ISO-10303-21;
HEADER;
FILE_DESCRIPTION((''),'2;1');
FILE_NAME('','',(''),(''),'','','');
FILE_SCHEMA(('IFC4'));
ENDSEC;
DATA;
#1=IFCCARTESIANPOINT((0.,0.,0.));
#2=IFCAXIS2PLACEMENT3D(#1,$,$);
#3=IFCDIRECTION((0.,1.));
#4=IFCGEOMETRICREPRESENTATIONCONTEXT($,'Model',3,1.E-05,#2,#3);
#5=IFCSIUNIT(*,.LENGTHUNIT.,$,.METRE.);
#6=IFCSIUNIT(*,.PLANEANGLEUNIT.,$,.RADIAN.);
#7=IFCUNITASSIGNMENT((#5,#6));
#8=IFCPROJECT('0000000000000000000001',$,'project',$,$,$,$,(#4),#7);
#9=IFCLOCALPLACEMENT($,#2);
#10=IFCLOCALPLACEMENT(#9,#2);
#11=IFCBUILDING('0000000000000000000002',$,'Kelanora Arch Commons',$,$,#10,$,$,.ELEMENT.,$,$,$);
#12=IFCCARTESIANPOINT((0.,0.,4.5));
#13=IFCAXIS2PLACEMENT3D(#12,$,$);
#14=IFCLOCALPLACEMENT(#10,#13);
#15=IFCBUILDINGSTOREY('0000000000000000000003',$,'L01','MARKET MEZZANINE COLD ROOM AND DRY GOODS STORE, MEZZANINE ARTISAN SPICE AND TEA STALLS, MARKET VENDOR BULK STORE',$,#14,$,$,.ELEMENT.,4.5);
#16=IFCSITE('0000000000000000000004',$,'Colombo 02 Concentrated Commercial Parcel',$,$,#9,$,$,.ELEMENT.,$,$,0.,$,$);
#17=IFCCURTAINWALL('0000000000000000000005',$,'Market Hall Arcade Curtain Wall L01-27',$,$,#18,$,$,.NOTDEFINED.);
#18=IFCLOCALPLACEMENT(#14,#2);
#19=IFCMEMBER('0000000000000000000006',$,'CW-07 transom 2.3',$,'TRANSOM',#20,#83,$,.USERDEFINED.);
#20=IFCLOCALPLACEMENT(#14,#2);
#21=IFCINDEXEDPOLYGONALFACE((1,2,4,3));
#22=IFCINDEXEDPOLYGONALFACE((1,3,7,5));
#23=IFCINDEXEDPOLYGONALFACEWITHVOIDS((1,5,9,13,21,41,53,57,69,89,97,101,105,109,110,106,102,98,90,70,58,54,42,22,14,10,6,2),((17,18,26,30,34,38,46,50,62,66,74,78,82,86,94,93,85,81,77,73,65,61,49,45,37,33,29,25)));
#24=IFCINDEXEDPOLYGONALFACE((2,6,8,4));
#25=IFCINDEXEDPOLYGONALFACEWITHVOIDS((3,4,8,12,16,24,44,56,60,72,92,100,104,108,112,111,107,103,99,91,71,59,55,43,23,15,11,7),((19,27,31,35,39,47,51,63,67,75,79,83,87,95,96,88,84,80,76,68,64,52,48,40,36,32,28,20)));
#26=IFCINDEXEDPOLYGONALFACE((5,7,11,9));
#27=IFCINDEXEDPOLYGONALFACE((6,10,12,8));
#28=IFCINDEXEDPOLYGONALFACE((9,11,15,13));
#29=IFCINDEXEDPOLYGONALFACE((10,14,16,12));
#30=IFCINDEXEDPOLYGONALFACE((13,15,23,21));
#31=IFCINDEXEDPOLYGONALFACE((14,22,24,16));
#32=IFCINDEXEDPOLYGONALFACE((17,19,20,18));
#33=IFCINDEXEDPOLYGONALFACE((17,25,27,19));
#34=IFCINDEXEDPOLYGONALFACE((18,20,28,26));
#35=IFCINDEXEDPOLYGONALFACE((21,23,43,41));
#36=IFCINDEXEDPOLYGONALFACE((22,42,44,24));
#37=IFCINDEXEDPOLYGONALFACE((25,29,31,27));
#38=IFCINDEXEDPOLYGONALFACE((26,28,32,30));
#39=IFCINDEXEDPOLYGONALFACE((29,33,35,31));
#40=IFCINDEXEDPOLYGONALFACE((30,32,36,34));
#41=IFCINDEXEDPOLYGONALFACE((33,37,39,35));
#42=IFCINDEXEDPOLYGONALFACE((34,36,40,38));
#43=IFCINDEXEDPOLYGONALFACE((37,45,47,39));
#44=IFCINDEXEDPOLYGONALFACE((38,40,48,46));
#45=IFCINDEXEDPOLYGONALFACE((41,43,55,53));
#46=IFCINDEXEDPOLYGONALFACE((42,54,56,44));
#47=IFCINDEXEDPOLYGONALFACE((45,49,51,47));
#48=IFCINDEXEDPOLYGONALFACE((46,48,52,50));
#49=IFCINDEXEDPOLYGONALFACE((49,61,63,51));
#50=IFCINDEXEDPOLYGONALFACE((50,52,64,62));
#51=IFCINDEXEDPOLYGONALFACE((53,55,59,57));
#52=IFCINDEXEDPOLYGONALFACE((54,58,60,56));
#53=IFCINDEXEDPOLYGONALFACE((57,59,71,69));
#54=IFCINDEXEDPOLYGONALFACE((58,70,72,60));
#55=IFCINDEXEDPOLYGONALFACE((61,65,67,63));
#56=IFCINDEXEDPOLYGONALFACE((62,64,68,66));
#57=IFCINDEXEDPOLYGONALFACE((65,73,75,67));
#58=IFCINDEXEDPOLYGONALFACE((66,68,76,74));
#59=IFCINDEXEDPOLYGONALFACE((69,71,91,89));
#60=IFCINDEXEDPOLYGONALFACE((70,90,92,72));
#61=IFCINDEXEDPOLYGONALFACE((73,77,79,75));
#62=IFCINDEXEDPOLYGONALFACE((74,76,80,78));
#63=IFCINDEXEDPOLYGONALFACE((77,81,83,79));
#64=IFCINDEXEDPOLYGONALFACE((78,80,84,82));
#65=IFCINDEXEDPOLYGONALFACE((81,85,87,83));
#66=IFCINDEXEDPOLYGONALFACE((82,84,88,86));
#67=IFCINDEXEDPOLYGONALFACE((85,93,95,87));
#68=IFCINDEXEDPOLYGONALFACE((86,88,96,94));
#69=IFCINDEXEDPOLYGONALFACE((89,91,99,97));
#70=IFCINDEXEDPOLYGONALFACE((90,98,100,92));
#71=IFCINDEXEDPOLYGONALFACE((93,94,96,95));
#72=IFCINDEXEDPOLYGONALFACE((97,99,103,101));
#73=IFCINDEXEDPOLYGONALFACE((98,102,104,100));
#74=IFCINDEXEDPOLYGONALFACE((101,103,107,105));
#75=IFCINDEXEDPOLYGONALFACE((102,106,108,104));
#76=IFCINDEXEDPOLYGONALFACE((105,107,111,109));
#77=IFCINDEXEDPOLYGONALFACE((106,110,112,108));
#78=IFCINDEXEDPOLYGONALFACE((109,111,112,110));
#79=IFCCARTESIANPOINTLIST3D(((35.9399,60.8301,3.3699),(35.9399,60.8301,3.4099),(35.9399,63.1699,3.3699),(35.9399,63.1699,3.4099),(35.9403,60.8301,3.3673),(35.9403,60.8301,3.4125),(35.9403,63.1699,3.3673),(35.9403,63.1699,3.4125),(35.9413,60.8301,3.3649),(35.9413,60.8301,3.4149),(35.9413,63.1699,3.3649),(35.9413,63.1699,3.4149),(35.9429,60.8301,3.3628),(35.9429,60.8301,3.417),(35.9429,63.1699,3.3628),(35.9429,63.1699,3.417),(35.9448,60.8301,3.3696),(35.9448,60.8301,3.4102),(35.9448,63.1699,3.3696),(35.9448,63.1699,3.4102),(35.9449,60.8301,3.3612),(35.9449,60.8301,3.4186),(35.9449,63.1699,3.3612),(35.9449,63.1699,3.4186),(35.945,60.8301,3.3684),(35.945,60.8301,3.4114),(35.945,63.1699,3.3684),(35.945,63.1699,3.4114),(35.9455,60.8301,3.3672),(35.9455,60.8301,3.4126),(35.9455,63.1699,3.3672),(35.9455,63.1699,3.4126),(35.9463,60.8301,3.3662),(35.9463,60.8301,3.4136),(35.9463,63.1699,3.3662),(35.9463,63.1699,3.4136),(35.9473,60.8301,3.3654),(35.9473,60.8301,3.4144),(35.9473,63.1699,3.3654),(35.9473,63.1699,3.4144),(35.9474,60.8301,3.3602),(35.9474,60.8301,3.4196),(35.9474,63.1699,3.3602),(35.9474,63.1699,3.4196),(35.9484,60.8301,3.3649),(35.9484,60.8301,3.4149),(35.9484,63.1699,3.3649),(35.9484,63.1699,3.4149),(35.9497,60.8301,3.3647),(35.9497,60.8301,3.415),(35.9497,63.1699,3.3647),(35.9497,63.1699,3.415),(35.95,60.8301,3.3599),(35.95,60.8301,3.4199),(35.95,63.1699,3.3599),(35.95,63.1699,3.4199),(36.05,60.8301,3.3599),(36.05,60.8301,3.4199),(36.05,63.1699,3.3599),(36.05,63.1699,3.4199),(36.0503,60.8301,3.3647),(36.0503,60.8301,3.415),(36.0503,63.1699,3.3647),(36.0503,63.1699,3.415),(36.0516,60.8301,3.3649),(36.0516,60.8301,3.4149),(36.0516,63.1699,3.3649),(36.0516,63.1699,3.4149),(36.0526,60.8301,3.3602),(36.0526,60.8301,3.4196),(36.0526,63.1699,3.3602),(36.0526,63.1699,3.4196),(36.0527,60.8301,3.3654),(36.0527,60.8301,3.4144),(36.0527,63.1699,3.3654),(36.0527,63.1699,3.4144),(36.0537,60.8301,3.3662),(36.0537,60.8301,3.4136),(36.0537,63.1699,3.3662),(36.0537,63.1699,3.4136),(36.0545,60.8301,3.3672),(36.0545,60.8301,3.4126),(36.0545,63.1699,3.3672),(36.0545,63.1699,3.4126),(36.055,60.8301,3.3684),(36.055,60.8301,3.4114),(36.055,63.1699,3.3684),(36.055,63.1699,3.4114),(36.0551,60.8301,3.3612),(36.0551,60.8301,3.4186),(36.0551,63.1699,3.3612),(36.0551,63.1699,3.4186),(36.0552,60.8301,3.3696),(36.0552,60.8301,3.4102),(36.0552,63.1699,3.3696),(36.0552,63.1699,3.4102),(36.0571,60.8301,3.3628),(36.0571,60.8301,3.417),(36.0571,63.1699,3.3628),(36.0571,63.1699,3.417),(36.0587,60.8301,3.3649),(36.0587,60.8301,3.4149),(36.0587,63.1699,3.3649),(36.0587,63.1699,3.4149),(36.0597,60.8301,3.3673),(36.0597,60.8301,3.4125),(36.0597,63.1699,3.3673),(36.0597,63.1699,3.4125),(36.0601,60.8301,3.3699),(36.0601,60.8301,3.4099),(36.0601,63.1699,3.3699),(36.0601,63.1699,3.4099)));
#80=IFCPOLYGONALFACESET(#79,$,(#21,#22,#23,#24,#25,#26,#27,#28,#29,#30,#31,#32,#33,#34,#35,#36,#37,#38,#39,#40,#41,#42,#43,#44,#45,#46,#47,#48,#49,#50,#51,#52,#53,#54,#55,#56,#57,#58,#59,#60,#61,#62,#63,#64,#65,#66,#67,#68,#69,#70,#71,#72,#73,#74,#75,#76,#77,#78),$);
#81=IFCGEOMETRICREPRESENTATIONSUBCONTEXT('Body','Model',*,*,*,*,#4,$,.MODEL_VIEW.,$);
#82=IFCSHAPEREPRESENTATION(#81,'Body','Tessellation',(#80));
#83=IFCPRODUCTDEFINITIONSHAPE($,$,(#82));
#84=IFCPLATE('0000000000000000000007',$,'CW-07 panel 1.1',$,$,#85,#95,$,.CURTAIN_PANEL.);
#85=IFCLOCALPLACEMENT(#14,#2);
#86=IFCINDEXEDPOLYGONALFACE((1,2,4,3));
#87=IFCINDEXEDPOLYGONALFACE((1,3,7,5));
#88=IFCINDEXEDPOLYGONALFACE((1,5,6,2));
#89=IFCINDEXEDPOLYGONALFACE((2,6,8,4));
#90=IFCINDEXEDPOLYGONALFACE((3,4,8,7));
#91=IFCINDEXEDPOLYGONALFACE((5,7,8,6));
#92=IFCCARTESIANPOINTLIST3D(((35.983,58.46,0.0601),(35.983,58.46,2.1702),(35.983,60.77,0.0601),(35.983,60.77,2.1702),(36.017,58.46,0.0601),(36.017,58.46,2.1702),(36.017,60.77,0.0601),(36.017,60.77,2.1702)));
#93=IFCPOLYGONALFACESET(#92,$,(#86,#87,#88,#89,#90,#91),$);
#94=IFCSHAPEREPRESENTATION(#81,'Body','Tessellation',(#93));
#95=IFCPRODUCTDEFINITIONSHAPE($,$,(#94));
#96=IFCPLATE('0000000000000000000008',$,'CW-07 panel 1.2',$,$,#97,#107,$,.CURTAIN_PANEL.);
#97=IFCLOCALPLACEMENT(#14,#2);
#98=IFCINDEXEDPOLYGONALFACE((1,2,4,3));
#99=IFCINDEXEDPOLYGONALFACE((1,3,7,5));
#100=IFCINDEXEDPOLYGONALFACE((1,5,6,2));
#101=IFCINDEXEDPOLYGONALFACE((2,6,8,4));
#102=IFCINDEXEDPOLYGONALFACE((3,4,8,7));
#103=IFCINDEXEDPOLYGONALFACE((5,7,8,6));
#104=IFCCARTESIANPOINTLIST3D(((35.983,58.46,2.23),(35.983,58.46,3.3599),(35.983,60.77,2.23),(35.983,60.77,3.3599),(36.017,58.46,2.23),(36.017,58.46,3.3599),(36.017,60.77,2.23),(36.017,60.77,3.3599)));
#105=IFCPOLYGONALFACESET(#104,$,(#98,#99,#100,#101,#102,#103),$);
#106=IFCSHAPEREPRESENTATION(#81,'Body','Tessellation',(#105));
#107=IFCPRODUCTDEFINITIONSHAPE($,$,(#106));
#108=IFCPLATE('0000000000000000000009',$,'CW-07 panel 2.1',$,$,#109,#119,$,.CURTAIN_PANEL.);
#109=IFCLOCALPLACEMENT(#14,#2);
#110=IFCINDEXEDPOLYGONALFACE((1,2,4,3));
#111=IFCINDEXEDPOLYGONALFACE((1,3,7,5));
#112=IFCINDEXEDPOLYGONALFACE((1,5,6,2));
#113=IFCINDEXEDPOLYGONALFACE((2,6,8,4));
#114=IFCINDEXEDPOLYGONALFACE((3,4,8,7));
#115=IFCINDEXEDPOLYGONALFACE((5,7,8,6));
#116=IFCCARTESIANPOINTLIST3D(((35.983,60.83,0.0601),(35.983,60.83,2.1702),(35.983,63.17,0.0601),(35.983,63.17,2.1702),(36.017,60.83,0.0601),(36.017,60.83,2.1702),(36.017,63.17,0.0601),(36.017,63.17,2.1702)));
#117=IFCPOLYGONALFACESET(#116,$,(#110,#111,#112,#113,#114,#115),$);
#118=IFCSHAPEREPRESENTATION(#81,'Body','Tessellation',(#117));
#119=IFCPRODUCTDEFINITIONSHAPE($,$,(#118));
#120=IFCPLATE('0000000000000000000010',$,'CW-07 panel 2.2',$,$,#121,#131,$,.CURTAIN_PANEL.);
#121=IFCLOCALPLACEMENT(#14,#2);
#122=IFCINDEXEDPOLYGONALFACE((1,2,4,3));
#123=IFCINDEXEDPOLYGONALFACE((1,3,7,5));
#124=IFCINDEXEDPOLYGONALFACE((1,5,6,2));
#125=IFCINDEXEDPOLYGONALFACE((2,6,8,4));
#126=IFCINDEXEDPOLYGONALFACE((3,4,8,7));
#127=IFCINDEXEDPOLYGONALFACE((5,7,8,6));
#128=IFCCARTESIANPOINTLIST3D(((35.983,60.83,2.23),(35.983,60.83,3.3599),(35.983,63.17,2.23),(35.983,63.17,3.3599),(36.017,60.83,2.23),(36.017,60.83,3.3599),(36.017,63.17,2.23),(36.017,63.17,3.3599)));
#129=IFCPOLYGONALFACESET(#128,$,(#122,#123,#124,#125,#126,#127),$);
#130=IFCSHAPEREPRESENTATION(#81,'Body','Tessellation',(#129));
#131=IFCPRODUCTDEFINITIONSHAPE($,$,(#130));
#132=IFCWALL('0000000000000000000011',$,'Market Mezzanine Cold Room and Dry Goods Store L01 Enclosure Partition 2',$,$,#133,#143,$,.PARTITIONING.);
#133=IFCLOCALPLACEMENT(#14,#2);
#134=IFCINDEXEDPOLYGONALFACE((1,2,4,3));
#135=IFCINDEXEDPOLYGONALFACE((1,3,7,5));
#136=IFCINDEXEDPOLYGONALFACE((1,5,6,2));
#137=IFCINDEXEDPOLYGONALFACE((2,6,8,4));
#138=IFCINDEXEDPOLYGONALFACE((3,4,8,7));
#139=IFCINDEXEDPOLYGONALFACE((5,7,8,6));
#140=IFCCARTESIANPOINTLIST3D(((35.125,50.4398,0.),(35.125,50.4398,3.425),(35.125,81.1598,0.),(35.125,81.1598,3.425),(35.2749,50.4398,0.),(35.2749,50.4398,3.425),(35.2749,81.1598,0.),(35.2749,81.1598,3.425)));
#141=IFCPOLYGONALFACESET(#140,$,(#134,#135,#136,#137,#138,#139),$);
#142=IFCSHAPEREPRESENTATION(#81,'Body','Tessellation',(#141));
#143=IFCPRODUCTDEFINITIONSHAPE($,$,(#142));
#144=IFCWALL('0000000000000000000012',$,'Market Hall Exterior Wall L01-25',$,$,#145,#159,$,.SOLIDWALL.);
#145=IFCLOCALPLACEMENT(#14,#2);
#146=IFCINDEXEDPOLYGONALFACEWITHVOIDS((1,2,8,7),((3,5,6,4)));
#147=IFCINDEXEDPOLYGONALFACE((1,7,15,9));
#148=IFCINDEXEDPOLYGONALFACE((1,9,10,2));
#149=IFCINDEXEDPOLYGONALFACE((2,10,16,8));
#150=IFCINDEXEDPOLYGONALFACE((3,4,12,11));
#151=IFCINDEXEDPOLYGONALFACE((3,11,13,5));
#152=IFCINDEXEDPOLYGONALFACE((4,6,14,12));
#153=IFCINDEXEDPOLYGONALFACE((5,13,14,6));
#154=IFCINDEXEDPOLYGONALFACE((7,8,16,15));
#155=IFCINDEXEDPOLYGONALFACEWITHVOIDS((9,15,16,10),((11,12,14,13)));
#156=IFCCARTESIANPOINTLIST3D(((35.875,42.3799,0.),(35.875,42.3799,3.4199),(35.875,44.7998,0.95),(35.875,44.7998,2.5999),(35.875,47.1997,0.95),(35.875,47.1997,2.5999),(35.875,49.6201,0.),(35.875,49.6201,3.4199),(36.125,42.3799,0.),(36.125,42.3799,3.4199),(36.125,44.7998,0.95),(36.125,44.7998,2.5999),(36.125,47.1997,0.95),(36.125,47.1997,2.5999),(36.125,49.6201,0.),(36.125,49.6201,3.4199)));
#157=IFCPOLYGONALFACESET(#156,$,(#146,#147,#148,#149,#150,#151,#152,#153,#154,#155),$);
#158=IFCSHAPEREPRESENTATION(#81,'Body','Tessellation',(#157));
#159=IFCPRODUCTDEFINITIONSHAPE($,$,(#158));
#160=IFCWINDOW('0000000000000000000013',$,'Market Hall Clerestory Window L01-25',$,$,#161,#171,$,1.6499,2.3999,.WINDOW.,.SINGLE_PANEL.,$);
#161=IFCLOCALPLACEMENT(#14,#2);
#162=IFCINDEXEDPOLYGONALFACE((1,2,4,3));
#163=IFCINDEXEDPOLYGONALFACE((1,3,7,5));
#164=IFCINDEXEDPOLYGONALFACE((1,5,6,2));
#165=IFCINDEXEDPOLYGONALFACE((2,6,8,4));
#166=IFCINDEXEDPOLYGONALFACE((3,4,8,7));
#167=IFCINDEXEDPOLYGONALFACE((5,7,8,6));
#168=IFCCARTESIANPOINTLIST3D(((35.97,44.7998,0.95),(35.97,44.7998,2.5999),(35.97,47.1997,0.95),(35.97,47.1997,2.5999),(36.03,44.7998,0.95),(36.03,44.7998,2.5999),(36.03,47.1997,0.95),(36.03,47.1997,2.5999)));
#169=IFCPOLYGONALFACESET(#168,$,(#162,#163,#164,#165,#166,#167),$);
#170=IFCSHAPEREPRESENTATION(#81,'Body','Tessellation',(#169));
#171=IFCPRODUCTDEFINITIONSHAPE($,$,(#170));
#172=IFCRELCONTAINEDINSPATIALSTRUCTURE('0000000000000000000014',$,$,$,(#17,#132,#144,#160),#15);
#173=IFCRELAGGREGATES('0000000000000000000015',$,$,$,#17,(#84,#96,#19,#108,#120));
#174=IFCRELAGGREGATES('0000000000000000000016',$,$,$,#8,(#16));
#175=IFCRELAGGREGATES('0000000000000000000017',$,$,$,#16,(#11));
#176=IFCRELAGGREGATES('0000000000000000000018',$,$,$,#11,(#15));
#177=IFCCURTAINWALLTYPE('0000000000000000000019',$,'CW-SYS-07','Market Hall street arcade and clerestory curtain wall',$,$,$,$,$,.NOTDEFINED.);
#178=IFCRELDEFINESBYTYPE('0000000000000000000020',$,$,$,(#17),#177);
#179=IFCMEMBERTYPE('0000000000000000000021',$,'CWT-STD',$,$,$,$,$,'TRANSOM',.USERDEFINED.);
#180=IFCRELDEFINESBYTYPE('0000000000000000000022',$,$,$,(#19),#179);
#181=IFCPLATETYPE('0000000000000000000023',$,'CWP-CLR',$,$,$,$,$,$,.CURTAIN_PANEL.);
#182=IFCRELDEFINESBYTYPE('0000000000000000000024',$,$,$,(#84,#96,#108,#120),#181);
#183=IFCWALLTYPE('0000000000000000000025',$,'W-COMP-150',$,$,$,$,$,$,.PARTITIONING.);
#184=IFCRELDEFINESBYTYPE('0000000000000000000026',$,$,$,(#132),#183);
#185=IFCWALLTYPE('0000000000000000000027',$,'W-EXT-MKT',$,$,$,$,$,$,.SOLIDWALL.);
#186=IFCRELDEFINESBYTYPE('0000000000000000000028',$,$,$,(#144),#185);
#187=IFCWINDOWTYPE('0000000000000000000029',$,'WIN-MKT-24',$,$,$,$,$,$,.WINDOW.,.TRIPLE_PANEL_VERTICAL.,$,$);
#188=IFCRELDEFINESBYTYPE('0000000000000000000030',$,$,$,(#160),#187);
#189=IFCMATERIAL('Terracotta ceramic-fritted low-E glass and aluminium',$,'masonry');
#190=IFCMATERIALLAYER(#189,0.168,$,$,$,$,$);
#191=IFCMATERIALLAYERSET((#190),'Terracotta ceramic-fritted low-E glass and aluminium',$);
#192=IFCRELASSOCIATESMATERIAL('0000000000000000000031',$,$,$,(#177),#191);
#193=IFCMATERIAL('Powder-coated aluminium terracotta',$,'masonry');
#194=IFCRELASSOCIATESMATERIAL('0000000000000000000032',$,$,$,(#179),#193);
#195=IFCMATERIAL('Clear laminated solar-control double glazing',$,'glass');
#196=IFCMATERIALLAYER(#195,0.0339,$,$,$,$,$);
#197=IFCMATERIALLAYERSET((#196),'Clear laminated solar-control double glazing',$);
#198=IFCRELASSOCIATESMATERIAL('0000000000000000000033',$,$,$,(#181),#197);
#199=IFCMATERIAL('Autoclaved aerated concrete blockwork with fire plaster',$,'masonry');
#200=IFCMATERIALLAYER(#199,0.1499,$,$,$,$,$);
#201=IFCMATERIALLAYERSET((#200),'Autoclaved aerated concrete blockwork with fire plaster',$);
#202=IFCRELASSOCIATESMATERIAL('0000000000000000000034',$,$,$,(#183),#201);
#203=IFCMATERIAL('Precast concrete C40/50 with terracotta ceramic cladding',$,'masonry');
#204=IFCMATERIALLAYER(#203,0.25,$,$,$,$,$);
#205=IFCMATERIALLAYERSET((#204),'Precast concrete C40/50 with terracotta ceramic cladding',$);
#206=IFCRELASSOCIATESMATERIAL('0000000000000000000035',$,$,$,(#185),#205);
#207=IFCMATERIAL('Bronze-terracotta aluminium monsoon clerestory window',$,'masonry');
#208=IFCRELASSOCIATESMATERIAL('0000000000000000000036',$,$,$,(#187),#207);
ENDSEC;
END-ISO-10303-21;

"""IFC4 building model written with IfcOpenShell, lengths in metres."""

from ifc_helpers import new_model, si_unit, direction, frame, frame_2d, origin, origin_2d, place, context, subcontext, project, spatial, rectangle, hollow_rectangle, extrude, source, transform, mapped, material, layer, layer_set, material_profile, profile_set, type_object, element, fill, aggregate, save


model = new_model("IFC4")

# Units and contexts
model_context = context("Model", 3, precision=1e-05, world=origin(), true_north=direction((0.0, 1.0)))
body_context = subcontext(model_context, "Body", "Model", "MODEL_VIEW")
ifc_project = project(units=[si_unit("LENGTHUNIT", "METRE"), si_unit("PLANEANGLEUNIT", "RADIAN")], contexts=[model_context])

# Site, building, storey
site_placement = place(None, origin())
site = spatial("IfcSite", under=ifc_project, at=site_placement, Name="Colombo 02 Concentrated Commercial Parcel", CompositionType="ELEMENT", RefElevation=0.0)
building_placement = place(site_placement, origin())
building = spatial("IfcBuilding", under=site, at=building_placement, Name="Kelanora Arch Commons", CompositionType="ELEMENT")
storey_placement = place(building_placement, frame((0.0, 0.0, 4.5)))
storey = spatial("IfcBuildingStorey", under=building, at=storey_placement, Name="L01", Description="MARKET MEZZANINE COLD ROOM AND DRY GOODS STORE, MEZZANINE ARTISAN SPICE AND TEA STALLS, MARKET VENDOR BULK STORE", CompositionType="ELEMENT", Elevation=4.5)

# Curtain wall, member, plates
ifc_material_1 = material(Name="Terracotta ceramic-fritted low-E glass and aluminium", Category="masonry")
ifc_layer_1 = layer(ifc_material_1, 0.168)
ifc_layer_set_1 = layer_set([ifc_layer_1], Name="Terracotta ceramic-fritted low-E glass and aluminium")
curtain_wall_type = type_object("IfcCurtainWallType", Name="CW-SYS-07", Description="Market Hall street arcade and clerestory curtain wall", PredefinedType="NOTDEFINED", material=ifc_layer_set_1)
curtain_wall_placement = place(storey_placement, origin())
curtain_wall = element("IfcCurtainWall", 1, at=curtain_wall_placement, inside=storey, type_object=curtain_wall_type, Name="Market Hall Arcade Curtain Wall L01-27", PredefinedType="NOTDEFINED")
ifc_material_2 = material(Name="Powder-coated aluminium terracotta", Category="masonry")
ifc_material_profile_1 = material_profile(ifc_material_2, hollow_rectangle(XDim=0.1201, YDim=0.0601, WallThickness=0.0049, InnerFilletRadius=0.0049, OuterFilletRadius=0.01, at=origin_2d()), Name="CWT120x60")
ifc_profile_set_1 = profile_set([ifc_material_profile_1], Name="Powder-coated aluminium terracotta")
member_type_1 = type_object("IfcMemberType", Name="CWT-STD", ElementType="TRANSOM", PredefinedType="USERDEFINED", material=ifc_profile_set_1)
member_1_placement = place(storey_placement, frame((36.0, 60.8301, 3.3899), z_axis=(0.0, 1.0, 0.0), x_axis=(-1.0, 0.0, 0.0)))
member_1 = element("IfcMember", 2, at=member_1_placement, type_object=member_type_1, Name="CW-07 transom 2.3", ObjectType="TRANSOM", PredefinedType="USERDEFINED", context=body_context, shape_type="SweptSolid", body=[
    extrude(hollow_rectangle(XDim=0.1201, YDim=0.0601, WallThickness=0.0049, InnerFilletRadius=0.0049, OuterFilletRadius=0.01, at=origin_2d()), origin(), (0.0, 0.0, 1.0), 2.3398),
])
ifc_material_3 = material(Name="Clear laminated solar-control double glazing", Category="glass")
ifc_layer_2 = layer(ifc_material_3, 0.0339)
ifc_layer_set_2 = layer_set([ifc_layer_2], Name="Clear laminated solar-control double glazing")
plate_type = type_object("IfcPlateType", Name="CWP-CLR", PredefinedType="CURTAIN_PANEL", material=ifc_layer_set_2)
shared_shape_1 = source(origin(), body_context, "Body", "SweptSolid", [
    extrude(rectangle(XDim=2.3101, YDim=0.0339, at=origin_2d()), origin(), (0.0, 0.0, 1.0), 2.1101),
])
plate_1_placement = place(storey_placement, frame((36.0, 59.615, 0.0601), z_axis=(0.0, 0.0, 1.0), x_axis=(0.0, 1.0, 0.0)))
plate_1 = element("IfcPlate", 3, at=plate_1_placement, type_object=plate_type, Name="CW-07 panel 1.1", PredefinedType="CURTAIN_PANEL", context=body_context, shape_type="MappedRepresentation", body=[
    mapped(shared_shape_1, transform((0.0, 0.0, 0.0), scale=1.0)),
])
shared_shape_2 = source(origin(), body_context, "Body", "SweptSolid", [
    extrude(rectangle(XDim=2.3101, YDim=0.0339, at=origin_2d()), origin(), (0.0, 0.0, 1.0), 1.1299),
])
plate_2_placement = place(storey_placement, frame((36.0, 59.615, 2.23), z_axis=(0.0, 0.0, 1.0), x_axis=(0.0, 1.0, 0.0)))
plate_2 = element("IfcPlate", 4, at=plate_2_placement, type_object=plate_type, Name="CW-07 panel 1.2", PredefinedType="CURTAIN_PANEL", context=body_context, shape_type="MappedRepresentation", body=[
    mapped(shared_shape_2, transform((0.0, 0.0, 0.0), scale=1.0)),
])
shared_shape_3 = source(origin(), body_context, "Body", "SweptSolid", [
    extrude(rectangle(XDim=2.3401, YDim=0.0339, at=origin_2d()), origin(), (0.0, 0.0, 1.0), 2.1101),
])
plate_3_placement = place(storey_placement, frame((36.0, 62.0, 0.0601), z_axis=(0.0, 0.0, 1.0), x_axis=(0.0, 1.0, 0.0)))
plate_3 = element("IfcPlate", 5, at=plate_3_placement, type_object=plate_type, Name="CW-07 panel 2.1", PredefinedType="CURTAIN_PANEL", context=body_context, shape_type="MappedRepresentation", body=[
    mapped(shared_shape_3, transform((0.0, 0.0, 0.0), scale=1.0)),
])
shared_shape_4 = source(origin(), body_context, "Body", "SweptSolid", [
    extrude(rectangle(XDim=2.3401, YDim=0.0339, at=origin_2d()), origin(), (0.0, 0.0, 1.0), 1.1299),
])
plate_4_placement = place(storey_placement, frame((36.0, 62.0, 2.23), z_axis=(0.0, 0.0, 1.0), x_axis=(0.0, 1.0, 0.0)))
plate_4 = element("IfcPlate", 6, at=plate_4_placement, type_object=plate_type, Name="CW-07 panel 2.2", PredefinedType="CURTAIN_PANEL", context=body_context, shape_type="MappedRepresentation", body=[
    mapped(shared_shape_4, transform((0.0, 0.0, 0.0), scale=1.0)),
])
aggregate(curtain_wall, [plate_1, plate_2, member_1, plate_3, plate_4])

# Wall
ifc_material_4 = material(Name="Autoclaved aerated concrete blockwork with fire plaster", Category="masonry")
ifc_layer_3 = layer(ifc_material_4, 0.1499)
ifc_layer_set_3 = layer_set([ifc_layer_3], Name="Autoclaved aerated concrete blockwork with fire plaster")
wall_type_1 = type_object("IfcWallType", Name="W-COMP-150", PredefinedType="PARTITIONING", material=ifc_layer_set_3)
wall_1_placement = place(storey_placement, frame((35.2, 50.4399, 0.0), z_axis=(0.0, 0.0, 1.0), x_axis=(0.0, 1.0, 0.0)))
element("IfcWall", 7, at=wall_1_placement, inside=storey, type_object=wall_type_1, Name="Market Mezzanine Cold Room and Dry Goods Store L01 Enclosure Partition 2", PredefinedType="PARTITIONING", context=body_context, shape_type="SweptSolid", body=[
    extrude(rectangle(XDim=30.72, YDim=0.1499, at=frame_2d((15.3599, 0.0))), origin(), (0.0, 0.0, 1.0), 3.425),
])

# Wall, opening, window
ifc_material_5 = material(Name="Precast concrete C40/50 with terracotta ceramic cladding", Category="masonry")
ifc_layer_4 = layer(ifc_material_5, 0.25)
ifc_layer_set_4 = layer_set([ifc_layer_4], Name="Precast concrete C40/50 with terracotta ceramic cladding")
wall_type_2 = type_object("IfcWallType", Name="W-EXT-MKT", PredefinedType="SOLIDWALL", material=ifc_layer_set_4)
wall_2_placement = place(storey_placement, frame((36.0, 42.3799, 0.0), z_axis=(0.0, 0.0, 1.0), x_axis=(0.0, 1.0, 0.0)))
wall_2 = element("IfcWall", 8, at=wall_2_placement, inside=storey, type_object=wall_type_2, Name="Market Hall Exterior Wall L01-25", PredefinedType="SOLIDWALL", context=body_context, shape_type="SweptSolid", body=[
    extrude(rectangle(XDim=7.2402, YDim=0.25, at=frame_2d((3.6201, 0.0))), origin(), (0.0, 0.0, 1.0), 3.4199),
])
opening_1_placement = place(wall_2_placement, frame((2.4199, 0.0, 0.95)))
opening_1 = element("IfcOpeningElement", 9, at=opening_1_placement, cuts=wall_2, PredefinedType="OPENING", context=body_context, shape_type="SweptSolid", body=[
    extrude(rectangle(XDim=2.3999, YDim=1.6499, at=frame_2d((1.2, 0.825))), frame((0.0, 0.135, 0.0), z_axis=(0.0, -1.0, 0.0), x_axis=(1.0, 0.0, 0.0)), (0.0, 0.0, 1.0), 0.27),
])
ifc_material_6 = material(Name="Bronze-terracotta aluminium monsoon clerestory window", Category="masonry")
window_type_1 = type_object("IfcWindowType", Name="WIN-MKT-24", PartitioningType="TRIPLE_PANEL_VERTICAL", PredefinedType="WINDOW", material=ifc_material_6)
window_1_placement = place(opening_1_placement, origin())
window_1 = element("IfcWindow", 10, at=window_1_placement, inside=storey, type_object=window_type_1, Name="Market Hall Clerestory Window L01-25", OverallHeight=1.6499, OverallWidth=2.3999, PartitioningType="SINGLE_PANEL", PredefinedType="WINDOW", context=body_context, shape_type="SweptSolid", body=[
    extrude(rectangle(XDim=2.3999, YDim=1.6499, at=frame_2d((1.2, 0.825))), frame((0.0, 0.03, 0.0), z_axis=(0.0, -1.0, 0.0), x_axis=(1.0, 0.0, 0.0)), (0.0, 0.0, 1.0), 0.0601),
])
fill(opening_1, window_1)

save(model, "model.ifc")
